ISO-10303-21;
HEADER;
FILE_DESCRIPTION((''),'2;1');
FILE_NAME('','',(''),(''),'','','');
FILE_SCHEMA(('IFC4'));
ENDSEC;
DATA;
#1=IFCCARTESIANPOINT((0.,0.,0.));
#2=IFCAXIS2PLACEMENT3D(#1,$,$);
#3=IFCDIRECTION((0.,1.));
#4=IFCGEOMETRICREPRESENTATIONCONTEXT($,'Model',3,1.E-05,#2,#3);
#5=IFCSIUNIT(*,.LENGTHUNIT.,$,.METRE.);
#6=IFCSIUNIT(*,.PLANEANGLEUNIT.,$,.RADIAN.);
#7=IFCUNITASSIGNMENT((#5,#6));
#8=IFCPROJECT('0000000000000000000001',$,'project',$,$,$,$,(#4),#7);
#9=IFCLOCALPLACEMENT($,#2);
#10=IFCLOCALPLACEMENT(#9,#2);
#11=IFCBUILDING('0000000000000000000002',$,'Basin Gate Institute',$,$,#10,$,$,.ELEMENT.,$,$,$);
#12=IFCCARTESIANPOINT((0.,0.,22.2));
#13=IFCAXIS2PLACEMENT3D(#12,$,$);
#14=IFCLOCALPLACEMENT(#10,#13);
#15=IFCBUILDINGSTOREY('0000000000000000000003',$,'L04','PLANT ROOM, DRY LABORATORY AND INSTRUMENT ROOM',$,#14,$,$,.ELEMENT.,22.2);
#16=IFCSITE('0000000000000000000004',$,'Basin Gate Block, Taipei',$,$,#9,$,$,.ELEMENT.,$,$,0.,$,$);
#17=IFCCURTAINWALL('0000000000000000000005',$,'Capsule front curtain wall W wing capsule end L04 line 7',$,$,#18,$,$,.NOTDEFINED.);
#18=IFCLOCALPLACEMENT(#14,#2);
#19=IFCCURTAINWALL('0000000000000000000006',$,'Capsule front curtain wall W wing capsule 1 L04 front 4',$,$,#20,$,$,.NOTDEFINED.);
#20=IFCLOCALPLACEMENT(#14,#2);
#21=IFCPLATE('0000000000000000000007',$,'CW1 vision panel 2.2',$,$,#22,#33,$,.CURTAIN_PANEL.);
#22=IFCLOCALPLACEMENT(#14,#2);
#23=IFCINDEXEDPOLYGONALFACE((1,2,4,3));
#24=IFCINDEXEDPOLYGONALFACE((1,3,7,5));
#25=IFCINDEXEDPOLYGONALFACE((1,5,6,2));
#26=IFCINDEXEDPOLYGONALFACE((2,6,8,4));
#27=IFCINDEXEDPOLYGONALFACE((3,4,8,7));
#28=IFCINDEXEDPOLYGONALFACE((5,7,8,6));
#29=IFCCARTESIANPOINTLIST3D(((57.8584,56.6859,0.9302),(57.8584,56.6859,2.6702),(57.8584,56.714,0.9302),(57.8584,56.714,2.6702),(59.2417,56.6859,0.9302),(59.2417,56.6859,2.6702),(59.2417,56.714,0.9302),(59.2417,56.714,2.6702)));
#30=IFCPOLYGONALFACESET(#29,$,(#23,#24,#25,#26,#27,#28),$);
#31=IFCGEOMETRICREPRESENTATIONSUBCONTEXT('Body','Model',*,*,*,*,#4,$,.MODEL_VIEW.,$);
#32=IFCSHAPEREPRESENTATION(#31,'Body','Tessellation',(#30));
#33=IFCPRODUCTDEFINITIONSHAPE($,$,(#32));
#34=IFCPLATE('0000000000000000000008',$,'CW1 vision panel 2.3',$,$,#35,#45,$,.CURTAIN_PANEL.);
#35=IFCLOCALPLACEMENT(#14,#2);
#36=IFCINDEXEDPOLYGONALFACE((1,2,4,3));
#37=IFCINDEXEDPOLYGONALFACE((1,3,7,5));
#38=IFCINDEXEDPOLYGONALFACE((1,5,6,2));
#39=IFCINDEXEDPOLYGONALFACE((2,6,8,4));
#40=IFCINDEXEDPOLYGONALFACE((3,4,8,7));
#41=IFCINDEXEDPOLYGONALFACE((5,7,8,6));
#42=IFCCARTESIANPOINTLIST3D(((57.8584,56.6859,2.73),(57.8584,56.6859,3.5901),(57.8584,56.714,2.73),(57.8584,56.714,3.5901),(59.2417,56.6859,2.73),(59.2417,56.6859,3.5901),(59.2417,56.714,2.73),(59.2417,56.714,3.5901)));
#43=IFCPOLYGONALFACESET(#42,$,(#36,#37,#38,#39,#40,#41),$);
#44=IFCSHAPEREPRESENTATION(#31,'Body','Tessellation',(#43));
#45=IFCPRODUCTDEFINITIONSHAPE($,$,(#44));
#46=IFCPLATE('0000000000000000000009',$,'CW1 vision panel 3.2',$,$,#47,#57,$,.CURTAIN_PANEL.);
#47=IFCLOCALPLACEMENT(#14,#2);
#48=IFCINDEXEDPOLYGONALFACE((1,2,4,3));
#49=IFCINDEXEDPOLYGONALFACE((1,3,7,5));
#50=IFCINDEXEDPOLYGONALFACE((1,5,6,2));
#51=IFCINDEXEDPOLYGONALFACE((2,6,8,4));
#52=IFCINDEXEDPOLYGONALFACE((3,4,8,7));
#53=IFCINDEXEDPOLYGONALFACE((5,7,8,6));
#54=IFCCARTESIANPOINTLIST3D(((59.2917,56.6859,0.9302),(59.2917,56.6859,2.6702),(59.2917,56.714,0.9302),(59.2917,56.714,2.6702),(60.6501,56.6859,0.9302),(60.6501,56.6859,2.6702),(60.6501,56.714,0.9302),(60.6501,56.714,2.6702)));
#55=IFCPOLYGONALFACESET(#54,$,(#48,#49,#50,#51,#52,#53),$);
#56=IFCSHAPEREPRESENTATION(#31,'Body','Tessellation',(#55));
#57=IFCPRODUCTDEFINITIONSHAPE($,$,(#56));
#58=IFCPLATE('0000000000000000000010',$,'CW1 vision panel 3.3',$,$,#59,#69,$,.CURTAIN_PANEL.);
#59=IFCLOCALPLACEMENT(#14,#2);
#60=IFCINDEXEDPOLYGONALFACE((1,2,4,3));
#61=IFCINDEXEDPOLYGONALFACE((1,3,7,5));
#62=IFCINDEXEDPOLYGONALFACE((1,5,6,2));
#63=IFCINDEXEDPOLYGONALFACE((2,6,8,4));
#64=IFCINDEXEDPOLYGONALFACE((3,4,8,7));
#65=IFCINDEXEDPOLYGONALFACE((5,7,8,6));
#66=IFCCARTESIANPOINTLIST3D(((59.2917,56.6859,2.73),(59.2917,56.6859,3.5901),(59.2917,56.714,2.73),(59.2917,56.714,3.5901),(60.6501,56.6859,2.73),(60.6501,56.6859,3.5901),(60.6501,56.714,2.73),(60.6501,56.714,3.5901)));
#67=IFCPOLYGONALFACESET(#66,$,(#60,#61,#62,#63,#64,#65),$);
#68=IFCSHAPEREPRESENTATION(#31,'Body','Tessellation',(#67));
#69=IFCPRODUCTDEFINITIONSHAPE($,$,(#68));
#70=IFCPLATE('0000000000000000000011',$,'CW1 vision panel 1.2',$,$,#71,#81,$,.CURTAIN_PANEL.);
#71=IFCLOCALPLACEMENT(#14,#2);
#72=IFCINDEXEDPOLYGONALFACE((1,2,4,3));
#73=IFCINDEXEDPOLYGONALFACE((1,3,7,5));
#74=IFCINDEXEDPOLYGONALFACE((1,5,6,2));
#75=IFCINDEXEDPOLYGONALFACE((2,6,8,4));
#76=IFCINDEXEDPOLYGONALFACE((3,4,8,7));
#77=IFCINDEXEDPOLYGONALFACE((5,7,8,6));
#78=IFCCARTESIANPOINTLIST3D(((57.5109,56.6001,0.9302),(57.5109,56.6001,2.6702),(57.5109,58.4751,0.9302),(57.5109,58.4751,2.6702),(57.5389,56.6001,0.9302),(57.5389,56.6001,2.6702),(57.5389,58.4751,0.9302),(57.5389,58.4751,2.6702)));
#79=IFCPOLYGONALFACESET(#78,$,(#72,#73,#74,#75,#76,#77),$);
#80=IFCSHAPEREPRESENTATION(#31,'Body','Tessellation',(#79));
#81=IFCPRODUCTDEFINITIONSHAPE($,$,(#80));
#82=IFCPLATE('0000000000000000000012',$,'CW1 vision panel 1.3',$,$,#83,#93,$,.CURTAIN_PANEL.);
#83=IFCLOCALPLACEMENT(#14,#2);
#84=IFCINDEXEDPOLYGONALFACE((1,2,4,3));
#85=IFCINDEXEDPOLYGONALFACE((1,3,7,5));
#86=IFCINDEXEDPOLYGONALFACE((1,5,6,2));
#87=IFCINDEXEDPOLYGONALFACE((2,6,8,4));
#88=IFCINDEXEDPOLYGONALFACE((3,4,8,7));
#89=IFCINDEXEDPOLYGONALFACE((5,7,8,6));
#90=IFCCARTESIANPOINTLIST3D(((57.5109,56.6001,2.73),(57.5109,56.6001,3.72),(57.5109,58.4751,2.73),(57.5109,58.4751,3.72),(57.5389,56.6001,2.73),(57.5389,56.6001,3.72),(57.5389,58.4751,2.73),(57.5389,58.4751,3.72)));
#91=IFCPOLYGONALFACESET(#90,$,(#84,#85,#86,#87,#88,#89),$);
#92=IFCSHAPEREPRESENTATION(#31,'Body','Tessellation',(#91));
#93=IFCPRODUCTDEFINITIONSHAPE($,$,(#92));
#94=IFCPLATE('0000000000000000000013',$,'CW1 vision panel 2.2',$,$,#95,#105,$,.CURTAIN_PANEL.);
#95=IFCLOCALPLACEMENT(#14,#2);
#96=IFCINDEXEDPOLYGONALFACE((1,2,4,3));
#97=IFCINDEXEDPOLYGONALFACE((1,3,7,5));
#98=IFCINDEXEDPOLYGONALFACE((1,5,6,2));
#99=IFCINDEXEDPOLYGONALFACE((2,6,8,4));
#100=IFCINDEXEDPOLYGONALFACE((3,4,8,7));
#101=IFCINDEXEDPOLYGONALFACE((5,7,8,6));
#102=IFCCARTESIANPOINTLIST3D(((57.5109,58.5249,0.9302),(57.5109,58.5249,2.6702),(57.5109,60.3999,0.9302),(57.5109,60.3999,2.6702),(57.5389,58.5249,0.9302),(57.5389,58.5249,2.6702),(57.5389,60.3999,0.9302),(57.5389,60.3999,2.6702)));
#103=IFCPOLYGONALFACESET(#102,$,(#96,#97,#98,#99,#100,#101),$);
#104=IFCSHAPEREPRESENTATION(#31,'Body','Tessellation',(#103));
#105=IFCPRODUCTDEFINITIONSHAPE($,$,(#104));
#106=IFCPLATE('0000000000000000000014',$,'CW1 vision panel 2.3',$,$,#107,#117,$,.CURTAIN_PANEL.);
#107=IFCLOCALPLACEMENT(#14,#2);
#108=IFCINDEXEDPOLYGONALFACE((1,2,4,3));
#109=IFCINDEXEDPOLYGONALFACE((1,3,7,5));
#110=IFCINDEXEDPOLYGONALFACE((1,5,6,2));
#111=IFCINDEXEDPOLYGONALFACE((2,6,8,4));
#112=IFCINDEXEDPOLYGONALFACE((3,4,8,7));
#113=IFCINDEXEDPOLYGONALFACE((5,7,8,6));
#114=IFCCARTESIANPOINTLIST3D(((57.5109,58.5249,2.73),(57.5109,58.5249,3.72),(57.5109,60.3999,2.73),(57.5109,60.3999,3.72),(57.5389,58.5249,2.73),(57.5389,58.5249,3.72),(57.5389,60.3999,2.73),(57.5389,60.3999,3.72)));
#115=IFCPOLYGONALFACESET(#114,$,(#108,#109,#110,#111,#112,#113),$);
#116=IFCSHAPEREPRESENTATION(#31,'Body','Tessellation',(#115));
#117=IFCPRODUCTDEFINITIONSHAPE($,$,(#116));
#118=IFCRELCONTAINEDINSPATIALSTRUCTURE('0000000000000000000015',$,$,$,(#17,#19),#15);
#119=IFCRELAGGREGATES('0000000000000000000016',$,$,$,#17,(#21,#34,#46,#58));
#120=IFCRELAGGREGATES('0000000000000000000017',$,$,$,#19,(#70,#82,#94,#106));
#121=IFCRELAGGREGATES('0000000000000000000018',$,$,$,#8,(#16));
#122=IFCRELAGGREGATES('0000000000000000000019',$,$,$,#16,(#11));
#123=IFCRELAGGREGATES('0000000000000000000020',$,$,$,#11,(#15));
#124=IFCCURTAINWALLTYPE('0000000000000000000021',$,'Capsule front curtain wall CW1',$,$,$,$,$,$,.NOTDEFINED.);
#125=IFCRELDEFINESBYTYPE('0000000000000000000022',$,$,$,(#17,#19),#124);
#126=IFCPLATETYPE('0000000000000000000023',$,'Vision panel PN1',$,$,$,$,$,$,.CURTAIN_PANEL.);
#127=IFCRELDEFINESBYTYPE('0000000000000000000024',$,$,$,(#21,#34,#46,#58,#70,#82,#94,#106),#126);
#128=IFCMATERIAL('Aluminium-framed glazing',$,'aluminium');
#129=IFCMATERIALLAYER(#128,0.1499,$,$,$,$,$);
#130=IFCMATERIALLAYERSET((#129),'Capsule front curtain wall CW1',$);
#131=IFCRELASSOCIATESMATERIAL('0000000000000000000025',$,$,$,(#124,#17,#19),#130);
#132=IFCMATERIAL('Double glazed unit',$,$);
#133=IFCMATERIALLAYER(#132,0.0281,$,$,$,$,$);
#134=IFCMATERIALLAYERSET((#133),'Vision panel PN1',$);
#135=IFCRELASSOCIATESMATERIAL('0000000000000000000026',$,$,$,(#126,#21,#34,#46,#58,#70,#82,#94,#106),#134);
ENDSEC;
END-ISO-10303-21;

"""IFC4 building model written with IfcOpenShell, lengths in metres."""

from ifc_helpers import new_model, si_unit, direction, frame, origin, origin_2d, place, context, subcontext, project, spatial, rectangle, extrude, material, layer, layer_set, type_object, element, aggregate, save


model = new_model("IFC4")

# Units and contexts
model_context = context("Model", 3, precision=1e-05, world=origin(), true_north=direction((0.0, 1.0)))
body_context = subcontext(model_context, "Body", "Model", "MODEL_VIEW")
ifc_project = project(units=[si_unit("LENGTHUNIT", "METRE"), si_unit("PLANEANGLEUNIT", "RADIAN")], contexts=[model_context])

# Site, building, storey
site_placement = place(None, origin())
site = spatial("IfcSite", under=ifc_project, at=site_placement, Name="Basin Gate Block, Taipei", CompositionType="ELEMENT", RefElevation=0.0)
building_placement = place(site_placement, origin())
building = spatial("IfcBuilding", under=site, at=building_placement, Name="Basin Gate Institute", CompositionType="ELEMENT")
storey_placement = place(building_placement, frame((0.0, 0.0, 22.2)))
storey = spatial("IfcBuildingStorey", under=building, at=storey_placement, Name="L04", Description="PLANT ROOM, DRY LABORATORY AND INSTRUMENT ROOM", CompositionType="ELEMENT", Elevation=22.2)

# Curtain wall
ifc_material_1 = material(Name="Aluminium-framed glazing", Category="aluminium")
ifc_layer_1 = layer(ifc_material_1, 0.1499)
ifc_layer_set_1 = layer_set([ifc_layer_1], Name="Capsule front curtain wall CW1")
curtain_wall_type = type_object("IfcCurtainWallType", Name="Capsule front curtain wall CW1", PredefinedType="NOTDEFINED", material=ifc_layer_set_1)
curtain_wall_1_placement = place(storey_placement, origin())
curtain_wall_1 = element("IfcCurtainWall", 1, at=curtain_wall_1_placement, inside=storey, type_object=curtain_wall_type, material=ifc_layer_set_1, Name="Capsule front curtain wall W wing capsule end L04 line 7", PredefinedType="NOTDEFINED")

# Curtain wall
curtain_wall_2_placement = place(storey_placement, origin())
curtain_wall_2 = element("IfcCurtainWall", 2, at=curtain_wall_2_placement, inside=storey, type_object=curtain_wall_type, material=ifc_layer_set_1, Name="Capsule front curtain wall W wing capsule 1 L04 front 4", PredefinedType="NOTDEFINED")

# Plates
ifc_material_2 = material(Name="Double glazed unit")
ifc_layer_2 = layer(ifc_material_2, 0.0281)
ifc_layer_set_2 = layer_set([ifc_layer_2], Name="Vision panel PN1")
plate_type_1 = type_object("IfcPlateType", Name="Vision panel PN1", PredefinedType="CURTAIN_PANEL", material=ifc_layer_set_2)
plate_1_placement = place(storey_placement, frame((58.55, 56.7, 0.9302), z_axis=(0.0, 0.0, 1.0), x_axis=(1.0, 0.0, 0.0)))
plate_1 = element("IfcPlate", 3, at=plate_1_placement, type_object=plate_type_1, material=ifc_layer_set_2, Name="CW1 vision panel 2.2", PredefinedType="CURTAIN_PANEL", context=body_context, shape_type="SweptSolid", body=[
    extrude(rectangle(XDim=1.3833, YDim=0.0281, at=origin_2d()), origin(), (0.0, 0.0, 1.0), 1.74),
])
plate_2_placement = place(storey_placement, frame((58.55, 56.7, 2.73), z_axis=(0.0, 0.0, 1.0), x_axis=(1.0, 0.0, 0.0)))
plate_2 = element("IfcPlate", 4, at=plate_2_placement, type_object=plate_type_1, material=ifc_layer_set_2, Name="CW1 vision panel 2.3", PredefinedType="CURTAIN_PANEL", context=body_context, shape_type="SweptSolid", body=[
    extrude(rectangle(XDim=1.3833, YDim=0.0281, at=origin_2d()), origin(), (0.0, 0.0, 1.0), 0.8601),
])
plate_3_placement = place(storey_placement, frame((59.9709, 56.7, 0.9302), z_axis=(0.0, 0.0, 1.0), x_axis=(1.0, 0.0, 0.0)))
plate_3 = element("IfcPlate", 5, at=plate_3_placement, type_object=plate_type_1, material=ifc_layer_set_2, Name="CW1 vision panel 3.2", PredefinedType="CURTAIN_PANEL", context=body_context, shape_type="SweptSolid", body=[
    extrude(rectangle(XDim=1.3584, YDim=0.0281, at=origin_2d()), origin(), (0.0, 0.0, 1.0), 1.74),
])
plate_4_placement = place(storey_placement, frame((59.9709, 56.7, 2.73), z_axis=(0.0, 0.0, 1.0), x_axis=(1.0, 0.0, 0.0)))
plate_4 = element("IfcPlate", 6, at=plate_4_placement, type_object=plate_type_1, material=ifc_layer_set_2, Name="CW1 vision panel 3.3", PredefinedType="CURTAIN_PANEL", context=body_context, shape_type="SweptSolid", body=[
    extrude(rectangle(XDim=1.3584, YDim=0.0281, at=origin_2d()), origin(), (0.0, 0.0, 1.0), 0.8601),
])
aggregate(curtain_wall_1, [plate_1, plate_2, plate_3, plate_4])
plate_5_placement = place(storey_placement, frame((57.5249, 57.5376, 0.9302), z_axis=(0.0, 0.0, 1.0), x_axis=(0.0, 1.0, 0.0)))
plate_5 = element("IfcPlate", 7, at=plate_5_placement, type_object=plate_type_1, material=ifc_layer_set_2, Name="CW1 vision panel 1.2", PredefinedType="CURTAIN_PANEL", context=body_context, shape_type="SweptSolid", body=[
    extrude(rectangle(XDim=1.875, YDim=0.0281, at=origin_2d()), origin(), (0.0, 0.0, 1.0), 1.74),
])
plate_6_placement = place(storey_placement, frame((57.5249, 57.5376, 2.73), z_axis=(0.0, 0.0, 1.0), x_axis=(0.0, 1.0, 0.0)))
plate_6 = element("IfcPlate", 8, at=plate_6_placement, type_object=plate_type_1, material=ifc_layer_set_2, Name="CW1 vision panel 1.3", PredefinedType="CURTAIN_PANEL", context=body_context, shape_type="SweptSolid", body=[
    extrude(rectangle(XDim=1.875, YDim=0.0281, at=origin_2d()), origin(), (0.0, 0.0, 1.0), 0.99),
])
plate_7_placement = place(storey_placement, frame((57.5249, 59.4624, 0.9302), z_axis=(0.0, 0.0, 1.0), x_axis=(0.0, 1.0, 0.0)))
plate_7 = element("IfcPlate", 9, at=plate_7_placement, type_object=plate_type_1, material=ifc_layer_set_2, Name="CW1 vision panel 2.2", PredefinedType="CURTAIN_PANEL", context=body_context, shape_type="SweptSolid", body=[
    extrude(rectangle(XDim=1.875, YDim=0.0281, at=origin_2d()), origin(), (0.0, 0.0, 1.0), 1.74),
])
plate_8_placement = place(storey_placement, frame((57.5249, 59.4624, 2.73), z_axis=(0.0, 0.0, 1.0), x_axis=(0.0, 1.0, 0.0)))
plate_8 = element("IfcPlate", 10, at=plate_8_placement, type_object=plate_type_1, material=ifc_layer_set_2, Name="CW1 vision panel 2.3", PredefinedType="CURTAIN_PANEL", context=body_context, shape_type="SweptSolid", body=[
    extrude(rectangle(XDim=1.875, YDim=0.0281, at=origin_2d()), origin(), (0.0, 0.0, 1.0), 0.99),
])
aggregate(curtain_wall_2, [plate_5, plate_6, plate_7, plate_8])

save(model, "model.ifc")
